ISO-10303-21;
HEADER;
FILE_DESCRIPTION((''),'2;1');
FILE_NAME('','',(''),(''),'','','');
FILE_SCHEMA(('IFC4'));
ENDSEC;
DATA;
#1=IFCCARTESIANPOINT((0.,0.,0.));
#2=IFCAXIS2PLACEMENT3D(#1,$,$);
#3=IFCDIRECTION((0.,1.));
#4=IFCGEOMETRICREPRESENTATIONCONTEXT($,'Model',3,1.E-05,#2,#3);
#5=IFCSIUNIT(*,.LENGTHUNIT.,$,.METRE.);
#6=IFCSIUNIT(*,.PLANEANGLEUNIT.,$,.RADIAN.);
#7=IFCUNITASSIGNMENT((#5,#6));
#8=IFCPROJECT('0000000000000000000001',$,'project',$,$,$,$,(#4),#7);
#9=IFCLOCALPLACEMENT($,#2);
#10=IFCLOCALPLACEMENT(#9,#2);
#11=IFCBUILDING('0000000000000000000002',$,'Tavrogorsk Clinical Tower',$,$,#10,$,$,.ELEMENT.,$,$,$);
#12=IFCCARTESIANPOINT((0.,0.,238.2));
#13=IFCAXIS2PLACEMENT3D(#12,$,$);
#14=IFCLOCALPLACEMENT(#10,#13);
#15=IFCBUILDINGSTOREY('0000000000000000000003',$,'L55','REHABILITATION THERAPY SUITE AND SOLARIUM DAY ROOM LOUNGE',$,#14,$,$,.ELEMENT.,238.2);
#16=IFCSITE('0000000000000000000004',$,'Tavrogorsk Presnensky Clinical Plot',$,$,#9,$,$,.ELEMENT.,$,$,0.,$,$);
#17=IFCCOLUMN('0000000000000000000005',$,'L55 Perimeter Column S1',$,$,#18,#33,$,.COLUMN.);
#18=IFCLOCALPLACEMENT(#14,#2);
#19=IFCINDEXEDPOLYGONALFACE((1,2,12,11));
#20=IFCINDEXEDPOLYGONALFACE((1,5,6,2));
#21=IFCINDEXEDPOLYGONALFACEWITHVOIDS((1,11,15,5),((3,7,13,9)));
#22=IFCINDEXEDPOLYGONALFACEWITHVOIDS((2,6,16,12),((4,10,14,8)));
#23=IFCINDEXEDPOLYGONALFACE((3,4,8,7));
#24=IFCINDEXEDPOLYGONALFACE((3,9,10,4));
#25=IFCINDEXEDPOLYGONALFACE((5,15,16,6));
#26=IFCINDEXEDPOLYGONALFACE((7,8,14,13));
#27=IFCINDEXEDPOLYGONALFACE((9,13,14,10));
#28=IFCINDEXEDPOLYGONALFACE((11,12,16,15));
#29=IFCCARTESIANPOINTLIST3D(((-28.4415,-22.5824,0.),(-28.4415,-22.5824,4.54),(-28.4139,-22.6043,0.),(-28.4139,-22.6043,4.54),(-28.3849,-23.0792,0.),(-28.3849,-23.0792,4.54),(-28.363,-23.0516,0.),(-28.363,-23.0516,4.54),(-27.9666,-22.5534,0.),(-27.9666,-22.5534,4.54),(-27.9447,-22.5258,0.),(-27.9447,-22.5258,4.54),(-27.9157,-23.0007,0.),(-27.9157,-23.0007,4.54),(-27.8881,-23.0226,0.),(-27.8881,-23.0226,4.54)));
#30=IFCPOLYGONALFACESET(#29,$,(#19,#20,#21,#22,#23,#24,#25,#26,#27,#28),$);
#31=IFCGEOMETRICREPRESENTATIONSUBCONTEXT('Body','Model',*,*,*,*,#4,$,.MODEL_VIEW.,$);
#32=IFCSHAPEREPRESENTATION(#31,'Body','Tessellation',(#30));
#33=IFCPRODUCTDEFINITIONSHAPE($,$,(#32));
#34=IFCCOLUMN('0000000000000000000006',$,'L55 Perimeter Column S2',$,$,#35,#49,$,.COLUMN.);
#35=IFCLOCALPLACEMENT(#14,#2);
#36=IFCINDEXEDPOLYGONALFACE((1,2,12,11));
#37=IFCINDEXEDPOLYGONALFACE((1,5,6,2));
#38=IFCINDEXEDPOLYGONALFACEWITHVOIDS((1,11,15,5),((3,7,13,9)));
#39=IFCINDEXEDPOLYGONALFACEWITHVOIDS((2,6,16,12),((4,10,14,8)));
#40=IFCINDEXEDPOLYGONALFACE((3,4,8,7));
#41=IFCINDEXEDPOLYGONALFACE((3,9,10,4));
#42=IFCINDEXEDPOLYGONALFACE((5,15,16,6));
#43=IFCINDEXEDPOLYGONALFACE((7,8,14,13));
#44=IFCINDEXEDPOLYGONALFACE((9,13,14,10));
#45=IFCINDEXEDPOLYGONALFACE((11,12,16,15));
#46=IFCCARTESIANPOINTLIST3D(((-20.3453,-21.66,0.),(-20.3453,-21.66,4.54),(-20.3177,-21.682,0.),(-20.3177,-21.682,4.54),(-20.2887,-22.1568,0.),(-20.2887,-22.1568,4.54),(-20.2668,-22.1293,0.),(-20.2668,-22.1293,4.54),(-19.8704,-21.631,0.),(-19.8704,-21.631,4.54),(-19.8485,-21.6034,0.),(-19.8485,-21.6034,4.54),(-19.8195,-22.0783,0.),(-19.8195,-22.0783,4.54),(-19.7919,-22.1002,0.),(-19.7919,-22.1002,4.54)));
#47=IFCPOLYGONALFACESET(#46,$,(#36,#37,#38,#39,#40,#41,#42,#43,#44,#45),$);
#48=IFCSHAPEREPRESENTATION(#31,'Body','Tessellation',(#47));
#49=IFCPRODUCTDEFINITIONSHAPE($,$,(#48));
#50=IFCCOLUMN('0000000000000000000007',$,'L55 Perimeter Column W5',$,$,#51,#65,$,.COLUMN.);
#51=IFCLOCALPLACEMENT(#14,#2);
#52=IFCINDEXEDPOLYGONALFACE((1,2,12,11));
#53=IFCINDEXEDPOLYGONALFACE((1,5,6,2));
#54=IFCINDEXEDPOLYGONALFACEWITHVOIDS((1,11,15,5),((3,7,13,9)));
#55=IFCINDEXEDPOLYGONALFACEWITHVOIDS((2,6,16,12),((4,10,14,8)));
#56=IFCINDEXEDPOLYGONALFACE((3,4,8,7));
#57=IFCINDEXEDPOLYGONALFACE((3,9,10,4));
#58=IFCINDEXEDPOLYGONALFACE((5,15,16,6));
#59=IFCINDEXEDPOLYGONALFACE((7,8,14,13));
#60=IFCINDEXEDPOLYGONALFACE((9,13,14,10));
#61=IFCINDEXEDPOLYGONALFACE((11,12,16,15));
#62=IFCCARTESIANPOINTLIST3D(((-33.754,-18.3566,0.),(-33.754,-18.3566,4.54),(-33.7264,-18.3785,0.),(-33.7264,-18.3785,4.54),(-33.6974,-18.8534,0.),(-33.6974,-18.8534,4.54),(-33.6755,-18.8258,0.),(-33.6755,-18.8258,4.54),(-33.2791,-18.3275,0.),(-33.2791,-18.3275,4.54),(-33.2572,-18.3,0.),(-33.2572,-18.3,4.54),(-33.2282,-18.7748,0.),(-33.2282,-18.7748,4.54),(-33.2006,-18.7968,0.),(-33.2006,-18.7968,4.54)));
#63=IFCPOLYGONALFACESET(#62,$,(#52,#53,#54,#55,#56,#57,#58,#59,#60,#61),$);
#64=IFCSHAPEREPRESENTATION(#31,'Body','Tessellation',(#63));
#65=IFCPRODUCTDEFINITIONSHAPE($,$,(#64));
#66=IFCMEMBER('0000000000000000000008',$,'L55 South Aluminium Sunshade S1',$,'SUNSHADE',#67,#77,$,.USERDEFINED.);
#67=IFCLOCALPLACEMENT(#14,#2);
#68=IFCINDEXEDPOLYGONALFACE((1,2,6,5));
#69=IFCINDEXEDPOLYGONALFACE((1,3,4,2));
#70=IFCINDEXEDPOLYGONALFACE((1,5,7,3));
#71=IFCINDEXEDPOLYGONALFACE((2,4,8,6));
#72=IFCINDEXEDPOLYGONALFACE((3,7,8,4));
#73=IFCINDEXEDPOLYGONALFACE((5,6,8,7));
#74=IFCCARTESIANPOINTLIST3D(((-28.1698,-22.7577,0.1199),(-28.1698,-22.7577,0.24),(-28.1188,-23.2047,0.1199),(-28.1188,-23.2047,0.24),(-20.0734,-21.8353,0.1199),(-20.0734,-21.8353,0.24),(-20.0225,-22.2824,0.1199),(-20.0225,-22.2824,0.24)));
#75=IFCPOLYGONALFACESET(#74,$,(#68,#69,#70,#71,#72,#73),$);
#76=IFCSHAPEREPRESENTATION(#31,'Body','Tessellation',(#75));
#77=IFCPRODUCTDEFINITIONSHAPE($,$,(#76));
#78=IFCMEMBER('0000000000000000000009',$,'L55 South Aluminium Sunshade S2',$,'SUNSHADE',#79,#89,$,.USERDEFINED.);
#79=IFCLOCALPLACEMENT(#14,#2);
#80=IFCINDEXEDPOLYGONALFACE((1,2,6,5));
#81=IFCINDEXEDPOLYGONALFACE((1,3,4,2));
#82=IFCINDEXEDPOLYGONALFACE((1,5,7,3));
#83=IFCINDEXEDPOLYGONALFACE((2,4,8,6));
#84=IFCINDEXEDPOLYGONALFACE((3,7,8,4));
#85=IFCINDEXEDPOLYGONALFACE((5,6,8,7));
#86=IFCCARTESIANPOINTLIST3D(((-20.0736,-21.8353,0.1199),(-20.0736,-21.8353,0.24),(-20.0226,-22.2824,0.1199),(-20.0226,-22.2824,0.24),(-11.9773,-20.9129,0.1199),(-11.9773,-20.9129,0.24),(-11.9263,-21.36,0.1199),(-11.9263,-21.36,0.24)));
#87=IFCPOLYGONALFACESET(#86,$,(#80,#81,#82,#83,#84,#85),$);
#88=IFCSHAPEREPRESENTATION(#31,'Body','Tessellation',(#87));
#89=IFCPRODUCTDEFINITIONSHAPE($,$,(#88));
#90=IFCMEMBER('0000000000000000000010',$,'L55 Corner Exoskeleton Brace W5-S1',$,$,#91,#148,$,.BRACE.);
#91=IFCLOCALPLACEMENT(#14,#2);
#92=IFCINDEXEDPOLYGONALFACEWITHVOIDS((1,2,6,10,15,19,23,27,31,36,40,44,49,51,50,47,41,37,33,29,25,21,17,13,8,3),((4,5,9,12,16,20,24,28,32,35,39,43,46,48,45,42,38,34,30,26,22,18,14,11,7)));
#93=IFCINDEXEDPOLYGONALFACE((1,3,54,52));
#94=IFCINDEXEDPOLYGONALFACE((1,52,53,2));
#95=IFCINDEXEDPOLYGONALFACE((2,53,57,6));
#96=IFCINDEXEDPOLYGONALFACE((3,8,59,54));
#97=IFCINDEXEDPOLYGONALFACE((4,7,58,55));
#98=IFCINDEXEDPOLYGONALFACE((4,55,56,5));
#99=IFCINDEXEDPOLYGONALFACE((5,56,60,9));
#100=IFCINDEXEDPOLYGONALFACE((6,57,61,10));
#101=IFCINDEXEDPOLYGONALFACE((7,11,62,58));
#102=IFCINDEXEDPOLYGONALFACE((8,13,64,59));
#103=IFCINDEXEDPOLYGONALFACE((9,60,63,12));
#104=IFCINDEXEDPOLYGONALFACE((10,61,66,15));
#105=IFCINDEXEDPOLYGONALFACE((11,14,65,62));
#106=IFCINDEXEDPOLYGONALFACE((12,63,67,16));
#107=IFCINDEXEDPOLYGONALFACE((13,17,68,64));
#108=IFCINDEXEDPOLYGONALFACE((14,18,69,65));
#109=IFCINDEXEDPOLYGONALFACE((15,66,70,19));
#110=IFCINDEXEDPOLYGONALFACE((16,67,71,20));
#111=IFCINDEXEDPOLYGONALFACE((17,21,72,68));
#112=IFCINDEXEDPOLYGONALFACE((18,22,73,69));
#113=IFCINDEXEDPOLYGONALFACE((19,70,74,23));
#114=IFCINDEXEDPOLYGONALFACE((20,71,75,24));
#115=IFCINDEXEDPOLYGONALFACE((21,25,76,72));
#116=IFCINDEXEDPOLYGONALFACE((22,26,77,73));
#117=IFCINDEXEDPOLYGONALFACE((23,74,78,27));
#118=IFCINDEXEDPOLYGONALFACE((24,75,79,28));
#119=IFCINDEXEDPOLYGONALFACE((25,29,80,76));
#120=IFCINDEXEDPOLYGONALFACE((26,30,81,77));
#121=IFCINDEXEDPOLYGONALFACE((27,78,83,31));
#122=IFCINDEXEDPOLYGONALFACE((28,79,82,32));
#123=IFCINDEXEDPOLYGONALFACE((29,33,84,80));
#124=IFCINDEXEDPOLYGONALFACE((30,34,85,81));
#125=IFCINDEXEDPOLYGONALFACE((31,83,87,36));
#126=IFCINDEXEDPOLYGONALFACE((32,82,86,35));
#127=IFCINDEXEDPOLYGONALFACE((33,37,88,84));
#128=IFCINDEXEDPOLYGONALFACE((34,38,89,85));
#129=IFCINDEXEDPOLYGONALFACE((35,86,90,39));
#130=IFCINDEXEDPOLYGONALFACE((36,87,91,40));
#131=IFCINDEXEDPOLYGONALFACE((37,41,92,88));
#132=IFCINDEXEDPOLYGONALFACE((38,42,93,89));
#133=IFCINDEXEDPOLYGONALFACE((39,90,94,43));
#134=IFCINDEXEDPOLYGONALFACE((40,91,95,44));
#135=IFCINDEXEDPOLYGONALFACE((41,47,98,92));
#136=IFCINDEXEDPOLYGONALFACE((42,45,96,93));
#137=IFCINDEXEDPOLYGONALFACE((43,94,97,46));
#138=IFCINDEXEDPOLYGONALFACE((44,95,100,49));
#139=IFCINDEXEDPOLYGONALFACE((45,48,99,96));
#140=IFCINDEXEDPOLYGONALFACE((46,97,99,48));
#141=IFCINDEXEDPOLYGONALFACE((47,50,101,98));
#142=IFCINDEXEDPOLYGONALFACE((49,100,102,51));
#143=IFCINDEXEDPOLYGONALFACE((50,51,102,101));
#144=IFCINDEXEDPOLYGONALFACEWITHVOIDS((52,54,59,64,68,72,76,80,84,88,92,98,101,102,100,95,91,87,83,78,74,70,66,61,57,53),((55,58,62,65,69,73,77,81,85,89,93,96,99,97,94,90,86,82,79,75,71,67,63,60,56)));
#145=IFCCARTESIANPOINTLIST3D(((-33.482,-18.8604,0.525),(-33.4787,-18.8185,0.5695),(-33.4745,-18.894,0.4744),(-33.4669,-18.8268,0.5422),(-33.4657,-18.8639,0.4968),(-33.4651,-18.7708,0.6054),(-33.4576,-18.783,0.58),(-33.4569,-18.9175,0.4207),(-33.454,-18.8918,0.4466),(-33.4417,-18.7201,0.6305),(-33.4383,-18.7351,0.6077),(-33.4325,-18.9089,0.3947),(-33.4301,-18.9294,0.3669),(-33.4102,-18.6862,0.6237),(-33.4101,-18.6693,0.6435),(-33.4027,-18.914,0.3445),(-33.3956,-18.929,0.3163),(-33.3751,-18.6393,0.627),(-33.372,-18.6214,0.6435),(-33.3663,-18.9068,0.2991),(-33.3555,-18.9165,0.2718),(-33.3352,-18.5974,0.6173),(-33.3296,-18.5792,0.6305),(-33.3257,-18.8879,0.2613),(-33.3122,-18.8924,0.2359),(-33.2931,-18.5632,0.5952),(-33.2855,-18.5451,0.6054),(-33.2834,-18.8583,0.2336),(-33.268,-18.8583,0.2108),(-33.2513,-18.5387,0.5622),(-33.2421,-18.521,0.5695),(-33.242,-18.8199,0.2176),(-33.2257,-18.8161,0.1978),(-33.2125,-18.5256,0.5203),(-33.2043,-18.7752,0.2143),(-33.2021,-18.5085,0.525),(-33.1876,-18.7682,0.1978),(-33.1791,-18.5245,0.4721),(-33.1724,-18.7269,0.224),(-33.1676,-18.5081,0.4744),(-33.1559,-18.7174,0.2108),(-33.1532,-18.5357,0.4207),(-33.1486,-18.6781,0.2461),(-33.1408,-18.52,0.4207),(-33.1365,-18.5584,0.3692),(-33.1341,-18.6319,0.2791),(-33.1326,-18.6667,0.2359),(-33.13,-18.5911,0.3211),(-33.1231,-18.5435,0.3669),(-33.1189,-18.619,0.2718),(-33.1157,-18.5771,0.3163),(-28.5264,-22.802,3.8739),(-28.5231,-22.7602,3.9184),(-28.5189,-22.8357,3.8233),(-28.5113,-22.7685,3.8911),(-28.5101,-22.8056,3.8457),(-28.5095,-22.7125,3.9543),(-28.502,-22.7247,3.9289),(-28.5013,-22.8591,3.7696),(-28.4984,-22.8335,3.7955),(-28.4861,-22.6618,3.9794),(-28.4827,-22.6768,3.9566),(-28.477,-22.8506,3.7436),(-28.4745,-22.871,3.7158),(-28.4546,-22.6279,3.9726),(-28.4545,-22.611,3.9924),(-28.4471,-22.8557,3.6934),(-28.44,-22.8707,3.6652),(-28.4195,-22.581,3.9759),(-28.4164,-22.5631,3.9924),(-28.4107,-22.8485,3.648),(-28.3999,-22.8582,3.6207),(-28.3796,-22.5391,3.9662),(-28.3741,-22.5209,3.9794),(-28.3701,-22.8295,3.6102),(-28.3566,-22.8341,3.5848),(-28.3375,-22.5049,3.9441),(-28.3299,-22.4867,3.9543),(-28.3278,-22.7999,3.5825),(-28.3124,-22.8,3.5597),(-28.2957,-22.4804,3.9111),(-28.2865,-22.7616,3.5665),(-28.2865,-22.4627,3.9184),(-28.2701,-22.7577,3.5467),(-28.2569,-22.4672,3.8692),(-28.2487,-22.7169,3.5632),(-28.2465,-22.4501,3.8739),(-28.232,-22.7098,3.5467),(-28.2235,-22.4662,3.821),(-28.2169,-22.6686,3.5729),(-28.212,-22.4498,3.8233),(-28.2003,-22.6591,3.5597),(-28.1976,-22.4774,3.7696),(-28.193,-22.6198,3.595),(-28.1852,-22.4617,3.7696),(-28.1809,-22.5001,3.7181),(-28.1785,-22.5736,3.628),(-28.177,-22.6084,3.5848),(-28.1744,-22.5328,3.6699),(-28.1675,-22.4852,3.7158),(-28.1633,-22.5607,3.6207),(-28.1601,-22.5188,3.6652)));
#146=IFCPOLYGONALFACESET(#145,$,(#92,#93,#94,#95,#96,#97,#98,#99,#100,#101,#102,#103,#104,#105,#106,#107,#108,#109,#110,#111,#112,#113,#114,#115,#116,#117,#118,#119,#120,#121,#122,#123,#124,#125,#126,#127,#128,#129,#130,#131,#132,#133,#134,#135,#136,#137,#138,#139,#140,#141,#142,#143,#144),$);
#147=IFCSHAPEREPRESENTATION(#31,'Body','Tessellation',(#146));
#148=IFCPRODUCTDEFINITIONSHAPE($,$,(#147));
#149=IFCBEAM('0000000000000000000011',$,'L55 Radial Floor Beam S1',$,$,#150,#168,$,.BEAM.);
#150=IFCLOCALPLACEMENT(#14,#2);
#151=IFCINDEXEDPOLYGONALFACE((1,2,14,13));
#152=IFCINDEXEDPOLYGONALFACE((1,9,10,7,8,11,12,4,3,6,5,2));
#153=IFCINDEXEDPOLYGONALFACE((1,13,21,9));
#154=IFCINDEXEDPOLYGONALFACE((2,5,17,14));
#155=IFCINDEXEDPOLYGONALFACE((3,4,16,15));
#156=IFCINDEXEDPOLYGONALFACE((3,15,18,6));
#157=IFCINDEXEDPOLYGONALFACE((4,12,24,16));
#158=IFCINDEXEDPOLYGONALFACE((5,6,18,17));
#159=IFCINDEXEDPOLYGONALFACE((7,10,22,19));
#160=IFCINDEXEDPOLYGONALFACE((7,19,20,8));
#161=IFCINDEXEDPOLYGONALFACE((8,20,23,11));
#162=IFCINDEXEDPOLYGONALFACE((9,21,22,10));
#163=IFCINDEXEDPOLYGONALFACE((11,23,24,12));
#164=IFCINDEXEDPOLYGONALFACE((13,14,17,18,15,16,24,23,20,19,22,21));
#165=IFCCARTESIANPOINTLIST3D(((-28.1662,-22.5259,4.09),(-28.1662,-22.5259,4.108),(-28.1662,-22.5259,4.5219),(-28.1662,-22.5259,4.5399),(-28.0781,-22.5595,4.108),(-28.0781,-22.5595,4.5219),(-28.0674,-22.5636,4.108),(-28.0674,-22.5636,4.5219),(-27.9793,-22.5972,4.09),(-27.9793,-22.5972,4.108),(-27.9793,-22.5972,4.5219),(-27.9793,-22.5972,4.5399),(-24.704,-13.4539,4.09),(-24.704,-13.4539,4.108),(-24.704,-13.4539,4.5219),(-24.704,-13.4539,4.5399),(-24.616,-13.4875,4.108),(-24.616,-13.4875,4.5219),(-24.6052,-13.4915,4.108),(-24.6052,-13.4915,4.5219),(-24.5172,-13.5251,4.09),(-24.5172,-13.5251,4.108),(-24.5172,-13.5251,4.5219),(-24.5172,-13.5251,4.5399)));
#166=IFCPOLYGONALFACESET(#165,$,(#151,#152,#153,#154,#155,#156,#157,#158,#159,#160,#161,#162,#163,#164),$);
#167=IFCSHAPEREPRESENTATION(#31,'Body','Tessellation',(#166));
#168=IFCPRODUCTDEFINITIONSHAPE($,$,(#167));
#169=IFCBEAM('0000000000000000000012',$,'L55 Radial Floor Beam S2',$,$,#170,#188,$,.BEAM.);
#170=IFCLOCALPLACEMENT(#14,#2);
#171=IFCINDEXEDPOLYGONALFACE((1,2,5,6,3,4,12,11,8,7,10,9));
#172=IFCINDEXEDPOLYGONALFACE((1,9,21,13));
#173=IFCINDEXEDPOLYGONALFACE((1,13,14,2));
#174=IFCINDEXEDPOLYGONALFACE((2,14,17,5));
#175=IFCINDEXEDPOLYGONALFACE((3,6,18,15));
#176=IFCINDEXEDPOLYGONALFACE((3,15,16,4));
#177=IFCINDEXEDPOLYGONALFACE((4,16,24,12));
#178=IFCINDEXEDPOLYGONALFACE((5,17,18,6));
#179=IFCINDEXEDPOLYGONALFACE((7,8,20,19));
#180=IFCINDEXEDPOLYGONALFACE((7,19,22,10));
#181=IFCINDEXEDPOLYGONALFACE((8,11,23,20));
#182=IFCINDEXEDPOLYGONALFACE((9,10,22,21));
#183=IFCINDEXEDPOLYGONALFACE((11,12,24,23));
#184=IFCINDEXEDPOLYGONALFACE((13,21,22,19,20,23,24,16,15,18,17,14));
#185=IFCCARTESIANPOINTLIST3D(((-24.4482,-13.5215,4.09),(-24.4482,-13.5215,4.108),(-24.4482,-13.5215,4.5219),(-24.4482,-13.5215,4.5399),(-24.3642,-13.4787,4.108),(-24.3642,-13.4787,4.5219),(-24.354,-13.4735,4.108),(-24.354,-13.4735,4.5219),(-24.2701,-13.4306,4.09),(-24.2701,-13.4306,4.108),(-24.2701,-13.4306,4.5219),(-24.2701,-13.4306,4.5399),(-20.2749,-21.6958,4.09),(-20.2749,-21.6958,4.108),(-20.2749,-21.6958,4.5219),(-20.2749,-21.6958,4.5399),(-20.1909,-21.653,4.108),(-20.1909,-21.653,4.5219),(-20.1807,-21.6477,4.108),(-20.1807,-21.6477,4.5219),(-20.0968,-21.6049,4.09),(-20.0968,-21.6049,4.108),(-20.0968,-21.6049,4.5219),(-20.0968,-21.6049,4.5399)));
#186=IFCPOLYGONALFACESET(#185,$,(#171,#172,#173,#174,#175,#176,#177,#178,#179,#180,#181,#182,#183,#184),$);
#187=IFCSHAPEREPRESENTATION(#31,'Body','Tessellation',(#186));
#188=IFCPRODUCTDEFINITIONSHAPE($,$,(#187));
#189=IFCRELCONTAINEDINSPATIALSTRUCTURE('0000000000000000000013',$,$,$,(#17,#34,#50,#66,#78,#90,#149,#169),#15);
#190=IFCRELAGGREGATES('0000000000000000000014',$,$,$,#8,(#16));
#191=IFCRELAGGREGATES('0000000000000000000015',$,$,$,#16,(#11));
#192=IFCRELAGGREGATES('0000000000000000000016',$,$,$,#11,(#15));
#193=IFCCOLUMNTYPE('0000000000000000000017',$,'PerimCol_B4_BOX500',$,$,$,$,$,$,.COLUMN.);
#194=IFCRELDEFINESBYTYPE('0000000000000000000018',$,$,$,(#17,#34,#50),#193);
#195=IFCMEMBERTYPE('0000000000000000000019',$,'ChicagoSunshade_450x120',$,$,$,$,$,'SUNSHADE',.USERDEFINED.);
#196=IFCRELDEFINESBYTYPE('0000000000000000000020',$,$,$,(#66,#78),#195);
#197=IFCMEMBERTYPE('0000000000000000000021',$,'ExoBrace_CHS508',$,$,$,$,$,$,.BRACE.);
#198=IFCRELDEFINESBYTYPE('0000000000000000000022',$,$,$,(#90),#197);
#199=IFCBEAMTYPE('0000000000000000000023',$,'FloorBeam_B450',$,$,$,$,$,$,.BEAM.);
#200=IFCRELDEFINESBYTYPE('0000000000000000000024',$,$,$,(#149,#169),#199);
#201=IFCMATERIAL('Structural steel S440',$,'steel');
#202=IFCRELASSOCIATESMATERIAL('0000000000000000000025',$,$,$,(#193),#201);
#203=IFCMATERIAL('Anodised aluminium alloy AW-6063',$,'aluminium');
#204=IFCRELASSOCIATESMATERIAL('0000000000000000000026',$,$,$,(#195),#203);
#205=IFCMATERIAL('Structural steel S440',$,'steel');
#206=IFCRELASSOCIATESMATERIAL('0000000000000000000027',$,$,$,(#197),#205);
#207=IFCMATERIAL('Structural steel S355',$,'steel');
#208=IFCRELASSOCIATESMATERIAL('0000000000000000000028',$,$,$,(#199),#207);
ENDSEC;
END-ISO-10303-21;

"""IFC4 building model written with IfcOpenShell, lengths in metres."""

from ifc_helpers import new_model, si_unit, direction, frame, origin, origin_2d, place, context, subcontext, project, spatial, rectangle, hollow_rectangle, hollow_circle, i_section, extrude, material, material_profile, profile_set, type_object, element, save


model = new_model("IFC4")

# Units and contexts
model_context = context("Model", 3, precision=1e-05, world=origin(), true_north=direction((0.0, 1.0)))
body_context = subcontext(model_context, "Body", "Model", "MODEL_VIEW")
ifc_project = project(units=[si_unit("LENGTHUNIT", "METRE"), si_unit("PLANEANGLEUNIT", "RADIAN")], contexts=[model_context])

# Site, building, storey
site_placement = place(None, origin())
site = spatial("IfcSite", under=ifc_project, at=site_placement, Name="Tavrogorsk Presnensky Clinical Plot", CompositionType="ELEMENT", RefElevation=0.0)
building_placement = place(site_placement, origin())
building = spatial("IfcBuilding", under=site, at=building_placement, Name="Tavrogorsk Clinical Tower", CompositionType="ELEMENT")
storey_placement = place(building_placement, frame((0.0, 0.0, 238.2)))
storey = spatial("IfcBuildingStorey", under=building, at=storey_placement, Name="L55", Description="REHABILITATION THERAPY SUITE AND SOLARIUM DAY ROOM LOUNGE", CompositionType="ELEMENT", Elevation=238.2)

# Columns
ifc_material_1 = material(Name="Structural steel S440", Category="steel")
ifc_material_profile_1 = material_profile(ifc_material_1, hollow_rectangle(XDim=0.5, YDim=0.5, WallThickness=0.0249, at=origin_2d()), Name="BOX-500x500x25")
ifc_profile_set_1 = profile_set([ifc_material_profile_1], Name="Structural steel S440")
column_type = type_object("IfcColumnType", Name="PerimCol_B4_BOX500", PredefinedType="COLUMN", material=ifc_profile_set_1)
for number, where, z_axis, x_axis, name in (
    (1, (-28.1648, -22.8025, 0.0), (0.0, 0.0, 1.0), (0.993572, 0.113203, 0.0), "L55 Perimeter Column S1"),
    (2, (-20.0686, -21.8801, 0.0), (0.0, 0.0, 1.0), (0.993572, 0.113203, 0.0), "L55 Perimeter Column S2"),
    (3, (-33.4773, -18.5767, 0.0), (0.0, 0.0, 1.0), (0.993572, 0.113203, 0.0), "L55 Perimeter Column W5"),
):
    element("IfcColumn", number, at=place(storey_placement, frame(where, z_axis=z_axis, x_axis=x_axis)), inside=storey, type_object=column_type, Name=name, PredefinedType="COLUMN", context=body_context, shape_type="SweptSolid", body=[
        extrude(hollow_rectangle(XDim=0.5, YDim=0.5, WallThickness=0.0249, at=origin_2d()), origin(), (0.0, 0.0, 1.0), 4.54),
    ])

# Members
ifc_material_2 = material(Name="Anodised aluminium alloy AW-6063", Category="aluminium")
ifc_material_profile_2 = material_profile(ifc_material_2, rectangle(XDim=0.45, YDim=0.1201, at=origin_2d()), Name="ALU-SUNSHADE-450x120")
ifc_profile_set_2 = profile_set([ifc_material_profile_2], Name="Anodised aluminium alloy AW-6063")
member_type_1 = type_object("IfcMemberType", Name="ChicagoSunshade_450x120", ElementType="SUNSHADE", PredefinedType="USERDEFINED", material=ifc_profile_set_2)
for number, where, z_axis, x_axis, name in (
    (4, (-28.1443, -22.9812, 0.1799), (0.993573, 0.113193, 0.0), (-0.113193, 0.993573, 0.0), "L55 South Aluminium Sunshade S1"),
    (5, (-20.0481, -22.0588, 0.1799), (0.993573, 0.113193, 0.0), (-0.113193, 0.993573, 0.0), "L55 South Aluminium Sunshade S2"),
):
    element("IfcMember", number, at=place(storey_placement, frame(where, z_axis=z_axis, x_axis=x_axis)), inside=storey, type_object=member_type_1, Name=name, ObjectType="SUNSHADE", PredefinedType="USERDEFINED", context=body_context, shape_type="SweptSolid", body=[
        extrude(rectangle(XDim=0.45, YDim=0.1201, at=origin_2d()), origin(), (0.0, 0.0, 1.0), 8.1487),
    ])
ifc_material_3 = material(Name="Structural steel S440", Category="steel")
ifc_material_profile_3 = material_profile(ifc_material_3, hollow_circle(Radius=0.2539, WallThickness=0.02, at=origin_2d()), Name="CHS-508x20")
ifc_profile_set_3 = profile_set([ifc_material_profile_3], Name="Structural steel S440")
member_type_2 = type_object("IfcMemberType", Name="ExoBrace_CHS508", PredefinedType="BRACE", material=ifc_profile_set_3)
member_1_placement = place(storey_placement, frame((-33.2988, -18.7188, 0.4207), z_axis=(0.691824, -0.550276, 0.467521), x_axis=(0.622497, 0.782622, 0.0)))
element("IfcMember", 6, at=member_1_placement, inside=storey, type_object=member_type_2, Name="L55 Corner Exoskeleton Brace W5-S1", PredefinedType="BRACE", context=body_context, shape_type="SweptSolid", body=[
    extrude(hollow_circle(Radius=0.2539, WallThickness=0.02, at=origin_2d()), origin(), (0.0, 0.0, 1.0), 7.1631),
])

# Beams
ifc_material_4 = material(Name="Structural steel S355", Category="steel")
ifc_material_profile_4 = material_profile(ifc_material_4, i_section(OverallWidth=0.2, OverallDepth=0.45, WebThickness=0.0115, FlangeThickness=0.0181, at=origin_2d()), Name="B-450x200x11.5x18")
ifc_profile_set_4 = profile_set([ifc_material_profile_4], Name="Structural steel S355")
beam_type_1 = type_object("IfcBeamType", Name="FloorBeam_B450", PredefinedType="BEAM", material=ifc_profile_set_4)
beam_1_placement = place(storey_placement, frame((-24.6106, -13.4895, 4.3149), z_axis=(-0.356548, -0.934277, 0.0), x_axis=(0.934277, -0.356548, 0.0)))
element("IfcBeam", 7, at=beam_1_placement, inside=storey, type_object=beam_type_1, Name="L55 Radial Floor Beam S1", PredefinedType="BEAM", context=body_context, shape_type="SweptSolid", body=[
    extrude(i_section(OverallWidth=0.2, OverallDepth=0.45, WebThickness=0.0115, FlangeThickness=0.0181, at=origin_2d()), origin(), (0.0, 0.0, 1.0), 9.7102),
])
beam_2_placement = place(storey_placement, frame((-24.3591, -13.4761, 4.3149), z_axis=(0.45471, -0.89064, 0.0), x_axis=(0.89064, 0.45471, 0.0)))
element("IfcBeam", 8, at=beam_2_placement, inside=storey, type_object=beam_type_1, Name="L55 Radial Floor Beam S2", PredefinedType="BEAM", context=body_context, shape_type="SweptSolid", body=[
    extrude(i_section(OverallWidth=0.2, OverallDepth=0.45, WebThickness=0.0115, FlangeThickness=0.0181, at=origin_2d()), origin(), (0.0, 0.0, 1.0), 9.178),
])

save(model, "model.ifc")
